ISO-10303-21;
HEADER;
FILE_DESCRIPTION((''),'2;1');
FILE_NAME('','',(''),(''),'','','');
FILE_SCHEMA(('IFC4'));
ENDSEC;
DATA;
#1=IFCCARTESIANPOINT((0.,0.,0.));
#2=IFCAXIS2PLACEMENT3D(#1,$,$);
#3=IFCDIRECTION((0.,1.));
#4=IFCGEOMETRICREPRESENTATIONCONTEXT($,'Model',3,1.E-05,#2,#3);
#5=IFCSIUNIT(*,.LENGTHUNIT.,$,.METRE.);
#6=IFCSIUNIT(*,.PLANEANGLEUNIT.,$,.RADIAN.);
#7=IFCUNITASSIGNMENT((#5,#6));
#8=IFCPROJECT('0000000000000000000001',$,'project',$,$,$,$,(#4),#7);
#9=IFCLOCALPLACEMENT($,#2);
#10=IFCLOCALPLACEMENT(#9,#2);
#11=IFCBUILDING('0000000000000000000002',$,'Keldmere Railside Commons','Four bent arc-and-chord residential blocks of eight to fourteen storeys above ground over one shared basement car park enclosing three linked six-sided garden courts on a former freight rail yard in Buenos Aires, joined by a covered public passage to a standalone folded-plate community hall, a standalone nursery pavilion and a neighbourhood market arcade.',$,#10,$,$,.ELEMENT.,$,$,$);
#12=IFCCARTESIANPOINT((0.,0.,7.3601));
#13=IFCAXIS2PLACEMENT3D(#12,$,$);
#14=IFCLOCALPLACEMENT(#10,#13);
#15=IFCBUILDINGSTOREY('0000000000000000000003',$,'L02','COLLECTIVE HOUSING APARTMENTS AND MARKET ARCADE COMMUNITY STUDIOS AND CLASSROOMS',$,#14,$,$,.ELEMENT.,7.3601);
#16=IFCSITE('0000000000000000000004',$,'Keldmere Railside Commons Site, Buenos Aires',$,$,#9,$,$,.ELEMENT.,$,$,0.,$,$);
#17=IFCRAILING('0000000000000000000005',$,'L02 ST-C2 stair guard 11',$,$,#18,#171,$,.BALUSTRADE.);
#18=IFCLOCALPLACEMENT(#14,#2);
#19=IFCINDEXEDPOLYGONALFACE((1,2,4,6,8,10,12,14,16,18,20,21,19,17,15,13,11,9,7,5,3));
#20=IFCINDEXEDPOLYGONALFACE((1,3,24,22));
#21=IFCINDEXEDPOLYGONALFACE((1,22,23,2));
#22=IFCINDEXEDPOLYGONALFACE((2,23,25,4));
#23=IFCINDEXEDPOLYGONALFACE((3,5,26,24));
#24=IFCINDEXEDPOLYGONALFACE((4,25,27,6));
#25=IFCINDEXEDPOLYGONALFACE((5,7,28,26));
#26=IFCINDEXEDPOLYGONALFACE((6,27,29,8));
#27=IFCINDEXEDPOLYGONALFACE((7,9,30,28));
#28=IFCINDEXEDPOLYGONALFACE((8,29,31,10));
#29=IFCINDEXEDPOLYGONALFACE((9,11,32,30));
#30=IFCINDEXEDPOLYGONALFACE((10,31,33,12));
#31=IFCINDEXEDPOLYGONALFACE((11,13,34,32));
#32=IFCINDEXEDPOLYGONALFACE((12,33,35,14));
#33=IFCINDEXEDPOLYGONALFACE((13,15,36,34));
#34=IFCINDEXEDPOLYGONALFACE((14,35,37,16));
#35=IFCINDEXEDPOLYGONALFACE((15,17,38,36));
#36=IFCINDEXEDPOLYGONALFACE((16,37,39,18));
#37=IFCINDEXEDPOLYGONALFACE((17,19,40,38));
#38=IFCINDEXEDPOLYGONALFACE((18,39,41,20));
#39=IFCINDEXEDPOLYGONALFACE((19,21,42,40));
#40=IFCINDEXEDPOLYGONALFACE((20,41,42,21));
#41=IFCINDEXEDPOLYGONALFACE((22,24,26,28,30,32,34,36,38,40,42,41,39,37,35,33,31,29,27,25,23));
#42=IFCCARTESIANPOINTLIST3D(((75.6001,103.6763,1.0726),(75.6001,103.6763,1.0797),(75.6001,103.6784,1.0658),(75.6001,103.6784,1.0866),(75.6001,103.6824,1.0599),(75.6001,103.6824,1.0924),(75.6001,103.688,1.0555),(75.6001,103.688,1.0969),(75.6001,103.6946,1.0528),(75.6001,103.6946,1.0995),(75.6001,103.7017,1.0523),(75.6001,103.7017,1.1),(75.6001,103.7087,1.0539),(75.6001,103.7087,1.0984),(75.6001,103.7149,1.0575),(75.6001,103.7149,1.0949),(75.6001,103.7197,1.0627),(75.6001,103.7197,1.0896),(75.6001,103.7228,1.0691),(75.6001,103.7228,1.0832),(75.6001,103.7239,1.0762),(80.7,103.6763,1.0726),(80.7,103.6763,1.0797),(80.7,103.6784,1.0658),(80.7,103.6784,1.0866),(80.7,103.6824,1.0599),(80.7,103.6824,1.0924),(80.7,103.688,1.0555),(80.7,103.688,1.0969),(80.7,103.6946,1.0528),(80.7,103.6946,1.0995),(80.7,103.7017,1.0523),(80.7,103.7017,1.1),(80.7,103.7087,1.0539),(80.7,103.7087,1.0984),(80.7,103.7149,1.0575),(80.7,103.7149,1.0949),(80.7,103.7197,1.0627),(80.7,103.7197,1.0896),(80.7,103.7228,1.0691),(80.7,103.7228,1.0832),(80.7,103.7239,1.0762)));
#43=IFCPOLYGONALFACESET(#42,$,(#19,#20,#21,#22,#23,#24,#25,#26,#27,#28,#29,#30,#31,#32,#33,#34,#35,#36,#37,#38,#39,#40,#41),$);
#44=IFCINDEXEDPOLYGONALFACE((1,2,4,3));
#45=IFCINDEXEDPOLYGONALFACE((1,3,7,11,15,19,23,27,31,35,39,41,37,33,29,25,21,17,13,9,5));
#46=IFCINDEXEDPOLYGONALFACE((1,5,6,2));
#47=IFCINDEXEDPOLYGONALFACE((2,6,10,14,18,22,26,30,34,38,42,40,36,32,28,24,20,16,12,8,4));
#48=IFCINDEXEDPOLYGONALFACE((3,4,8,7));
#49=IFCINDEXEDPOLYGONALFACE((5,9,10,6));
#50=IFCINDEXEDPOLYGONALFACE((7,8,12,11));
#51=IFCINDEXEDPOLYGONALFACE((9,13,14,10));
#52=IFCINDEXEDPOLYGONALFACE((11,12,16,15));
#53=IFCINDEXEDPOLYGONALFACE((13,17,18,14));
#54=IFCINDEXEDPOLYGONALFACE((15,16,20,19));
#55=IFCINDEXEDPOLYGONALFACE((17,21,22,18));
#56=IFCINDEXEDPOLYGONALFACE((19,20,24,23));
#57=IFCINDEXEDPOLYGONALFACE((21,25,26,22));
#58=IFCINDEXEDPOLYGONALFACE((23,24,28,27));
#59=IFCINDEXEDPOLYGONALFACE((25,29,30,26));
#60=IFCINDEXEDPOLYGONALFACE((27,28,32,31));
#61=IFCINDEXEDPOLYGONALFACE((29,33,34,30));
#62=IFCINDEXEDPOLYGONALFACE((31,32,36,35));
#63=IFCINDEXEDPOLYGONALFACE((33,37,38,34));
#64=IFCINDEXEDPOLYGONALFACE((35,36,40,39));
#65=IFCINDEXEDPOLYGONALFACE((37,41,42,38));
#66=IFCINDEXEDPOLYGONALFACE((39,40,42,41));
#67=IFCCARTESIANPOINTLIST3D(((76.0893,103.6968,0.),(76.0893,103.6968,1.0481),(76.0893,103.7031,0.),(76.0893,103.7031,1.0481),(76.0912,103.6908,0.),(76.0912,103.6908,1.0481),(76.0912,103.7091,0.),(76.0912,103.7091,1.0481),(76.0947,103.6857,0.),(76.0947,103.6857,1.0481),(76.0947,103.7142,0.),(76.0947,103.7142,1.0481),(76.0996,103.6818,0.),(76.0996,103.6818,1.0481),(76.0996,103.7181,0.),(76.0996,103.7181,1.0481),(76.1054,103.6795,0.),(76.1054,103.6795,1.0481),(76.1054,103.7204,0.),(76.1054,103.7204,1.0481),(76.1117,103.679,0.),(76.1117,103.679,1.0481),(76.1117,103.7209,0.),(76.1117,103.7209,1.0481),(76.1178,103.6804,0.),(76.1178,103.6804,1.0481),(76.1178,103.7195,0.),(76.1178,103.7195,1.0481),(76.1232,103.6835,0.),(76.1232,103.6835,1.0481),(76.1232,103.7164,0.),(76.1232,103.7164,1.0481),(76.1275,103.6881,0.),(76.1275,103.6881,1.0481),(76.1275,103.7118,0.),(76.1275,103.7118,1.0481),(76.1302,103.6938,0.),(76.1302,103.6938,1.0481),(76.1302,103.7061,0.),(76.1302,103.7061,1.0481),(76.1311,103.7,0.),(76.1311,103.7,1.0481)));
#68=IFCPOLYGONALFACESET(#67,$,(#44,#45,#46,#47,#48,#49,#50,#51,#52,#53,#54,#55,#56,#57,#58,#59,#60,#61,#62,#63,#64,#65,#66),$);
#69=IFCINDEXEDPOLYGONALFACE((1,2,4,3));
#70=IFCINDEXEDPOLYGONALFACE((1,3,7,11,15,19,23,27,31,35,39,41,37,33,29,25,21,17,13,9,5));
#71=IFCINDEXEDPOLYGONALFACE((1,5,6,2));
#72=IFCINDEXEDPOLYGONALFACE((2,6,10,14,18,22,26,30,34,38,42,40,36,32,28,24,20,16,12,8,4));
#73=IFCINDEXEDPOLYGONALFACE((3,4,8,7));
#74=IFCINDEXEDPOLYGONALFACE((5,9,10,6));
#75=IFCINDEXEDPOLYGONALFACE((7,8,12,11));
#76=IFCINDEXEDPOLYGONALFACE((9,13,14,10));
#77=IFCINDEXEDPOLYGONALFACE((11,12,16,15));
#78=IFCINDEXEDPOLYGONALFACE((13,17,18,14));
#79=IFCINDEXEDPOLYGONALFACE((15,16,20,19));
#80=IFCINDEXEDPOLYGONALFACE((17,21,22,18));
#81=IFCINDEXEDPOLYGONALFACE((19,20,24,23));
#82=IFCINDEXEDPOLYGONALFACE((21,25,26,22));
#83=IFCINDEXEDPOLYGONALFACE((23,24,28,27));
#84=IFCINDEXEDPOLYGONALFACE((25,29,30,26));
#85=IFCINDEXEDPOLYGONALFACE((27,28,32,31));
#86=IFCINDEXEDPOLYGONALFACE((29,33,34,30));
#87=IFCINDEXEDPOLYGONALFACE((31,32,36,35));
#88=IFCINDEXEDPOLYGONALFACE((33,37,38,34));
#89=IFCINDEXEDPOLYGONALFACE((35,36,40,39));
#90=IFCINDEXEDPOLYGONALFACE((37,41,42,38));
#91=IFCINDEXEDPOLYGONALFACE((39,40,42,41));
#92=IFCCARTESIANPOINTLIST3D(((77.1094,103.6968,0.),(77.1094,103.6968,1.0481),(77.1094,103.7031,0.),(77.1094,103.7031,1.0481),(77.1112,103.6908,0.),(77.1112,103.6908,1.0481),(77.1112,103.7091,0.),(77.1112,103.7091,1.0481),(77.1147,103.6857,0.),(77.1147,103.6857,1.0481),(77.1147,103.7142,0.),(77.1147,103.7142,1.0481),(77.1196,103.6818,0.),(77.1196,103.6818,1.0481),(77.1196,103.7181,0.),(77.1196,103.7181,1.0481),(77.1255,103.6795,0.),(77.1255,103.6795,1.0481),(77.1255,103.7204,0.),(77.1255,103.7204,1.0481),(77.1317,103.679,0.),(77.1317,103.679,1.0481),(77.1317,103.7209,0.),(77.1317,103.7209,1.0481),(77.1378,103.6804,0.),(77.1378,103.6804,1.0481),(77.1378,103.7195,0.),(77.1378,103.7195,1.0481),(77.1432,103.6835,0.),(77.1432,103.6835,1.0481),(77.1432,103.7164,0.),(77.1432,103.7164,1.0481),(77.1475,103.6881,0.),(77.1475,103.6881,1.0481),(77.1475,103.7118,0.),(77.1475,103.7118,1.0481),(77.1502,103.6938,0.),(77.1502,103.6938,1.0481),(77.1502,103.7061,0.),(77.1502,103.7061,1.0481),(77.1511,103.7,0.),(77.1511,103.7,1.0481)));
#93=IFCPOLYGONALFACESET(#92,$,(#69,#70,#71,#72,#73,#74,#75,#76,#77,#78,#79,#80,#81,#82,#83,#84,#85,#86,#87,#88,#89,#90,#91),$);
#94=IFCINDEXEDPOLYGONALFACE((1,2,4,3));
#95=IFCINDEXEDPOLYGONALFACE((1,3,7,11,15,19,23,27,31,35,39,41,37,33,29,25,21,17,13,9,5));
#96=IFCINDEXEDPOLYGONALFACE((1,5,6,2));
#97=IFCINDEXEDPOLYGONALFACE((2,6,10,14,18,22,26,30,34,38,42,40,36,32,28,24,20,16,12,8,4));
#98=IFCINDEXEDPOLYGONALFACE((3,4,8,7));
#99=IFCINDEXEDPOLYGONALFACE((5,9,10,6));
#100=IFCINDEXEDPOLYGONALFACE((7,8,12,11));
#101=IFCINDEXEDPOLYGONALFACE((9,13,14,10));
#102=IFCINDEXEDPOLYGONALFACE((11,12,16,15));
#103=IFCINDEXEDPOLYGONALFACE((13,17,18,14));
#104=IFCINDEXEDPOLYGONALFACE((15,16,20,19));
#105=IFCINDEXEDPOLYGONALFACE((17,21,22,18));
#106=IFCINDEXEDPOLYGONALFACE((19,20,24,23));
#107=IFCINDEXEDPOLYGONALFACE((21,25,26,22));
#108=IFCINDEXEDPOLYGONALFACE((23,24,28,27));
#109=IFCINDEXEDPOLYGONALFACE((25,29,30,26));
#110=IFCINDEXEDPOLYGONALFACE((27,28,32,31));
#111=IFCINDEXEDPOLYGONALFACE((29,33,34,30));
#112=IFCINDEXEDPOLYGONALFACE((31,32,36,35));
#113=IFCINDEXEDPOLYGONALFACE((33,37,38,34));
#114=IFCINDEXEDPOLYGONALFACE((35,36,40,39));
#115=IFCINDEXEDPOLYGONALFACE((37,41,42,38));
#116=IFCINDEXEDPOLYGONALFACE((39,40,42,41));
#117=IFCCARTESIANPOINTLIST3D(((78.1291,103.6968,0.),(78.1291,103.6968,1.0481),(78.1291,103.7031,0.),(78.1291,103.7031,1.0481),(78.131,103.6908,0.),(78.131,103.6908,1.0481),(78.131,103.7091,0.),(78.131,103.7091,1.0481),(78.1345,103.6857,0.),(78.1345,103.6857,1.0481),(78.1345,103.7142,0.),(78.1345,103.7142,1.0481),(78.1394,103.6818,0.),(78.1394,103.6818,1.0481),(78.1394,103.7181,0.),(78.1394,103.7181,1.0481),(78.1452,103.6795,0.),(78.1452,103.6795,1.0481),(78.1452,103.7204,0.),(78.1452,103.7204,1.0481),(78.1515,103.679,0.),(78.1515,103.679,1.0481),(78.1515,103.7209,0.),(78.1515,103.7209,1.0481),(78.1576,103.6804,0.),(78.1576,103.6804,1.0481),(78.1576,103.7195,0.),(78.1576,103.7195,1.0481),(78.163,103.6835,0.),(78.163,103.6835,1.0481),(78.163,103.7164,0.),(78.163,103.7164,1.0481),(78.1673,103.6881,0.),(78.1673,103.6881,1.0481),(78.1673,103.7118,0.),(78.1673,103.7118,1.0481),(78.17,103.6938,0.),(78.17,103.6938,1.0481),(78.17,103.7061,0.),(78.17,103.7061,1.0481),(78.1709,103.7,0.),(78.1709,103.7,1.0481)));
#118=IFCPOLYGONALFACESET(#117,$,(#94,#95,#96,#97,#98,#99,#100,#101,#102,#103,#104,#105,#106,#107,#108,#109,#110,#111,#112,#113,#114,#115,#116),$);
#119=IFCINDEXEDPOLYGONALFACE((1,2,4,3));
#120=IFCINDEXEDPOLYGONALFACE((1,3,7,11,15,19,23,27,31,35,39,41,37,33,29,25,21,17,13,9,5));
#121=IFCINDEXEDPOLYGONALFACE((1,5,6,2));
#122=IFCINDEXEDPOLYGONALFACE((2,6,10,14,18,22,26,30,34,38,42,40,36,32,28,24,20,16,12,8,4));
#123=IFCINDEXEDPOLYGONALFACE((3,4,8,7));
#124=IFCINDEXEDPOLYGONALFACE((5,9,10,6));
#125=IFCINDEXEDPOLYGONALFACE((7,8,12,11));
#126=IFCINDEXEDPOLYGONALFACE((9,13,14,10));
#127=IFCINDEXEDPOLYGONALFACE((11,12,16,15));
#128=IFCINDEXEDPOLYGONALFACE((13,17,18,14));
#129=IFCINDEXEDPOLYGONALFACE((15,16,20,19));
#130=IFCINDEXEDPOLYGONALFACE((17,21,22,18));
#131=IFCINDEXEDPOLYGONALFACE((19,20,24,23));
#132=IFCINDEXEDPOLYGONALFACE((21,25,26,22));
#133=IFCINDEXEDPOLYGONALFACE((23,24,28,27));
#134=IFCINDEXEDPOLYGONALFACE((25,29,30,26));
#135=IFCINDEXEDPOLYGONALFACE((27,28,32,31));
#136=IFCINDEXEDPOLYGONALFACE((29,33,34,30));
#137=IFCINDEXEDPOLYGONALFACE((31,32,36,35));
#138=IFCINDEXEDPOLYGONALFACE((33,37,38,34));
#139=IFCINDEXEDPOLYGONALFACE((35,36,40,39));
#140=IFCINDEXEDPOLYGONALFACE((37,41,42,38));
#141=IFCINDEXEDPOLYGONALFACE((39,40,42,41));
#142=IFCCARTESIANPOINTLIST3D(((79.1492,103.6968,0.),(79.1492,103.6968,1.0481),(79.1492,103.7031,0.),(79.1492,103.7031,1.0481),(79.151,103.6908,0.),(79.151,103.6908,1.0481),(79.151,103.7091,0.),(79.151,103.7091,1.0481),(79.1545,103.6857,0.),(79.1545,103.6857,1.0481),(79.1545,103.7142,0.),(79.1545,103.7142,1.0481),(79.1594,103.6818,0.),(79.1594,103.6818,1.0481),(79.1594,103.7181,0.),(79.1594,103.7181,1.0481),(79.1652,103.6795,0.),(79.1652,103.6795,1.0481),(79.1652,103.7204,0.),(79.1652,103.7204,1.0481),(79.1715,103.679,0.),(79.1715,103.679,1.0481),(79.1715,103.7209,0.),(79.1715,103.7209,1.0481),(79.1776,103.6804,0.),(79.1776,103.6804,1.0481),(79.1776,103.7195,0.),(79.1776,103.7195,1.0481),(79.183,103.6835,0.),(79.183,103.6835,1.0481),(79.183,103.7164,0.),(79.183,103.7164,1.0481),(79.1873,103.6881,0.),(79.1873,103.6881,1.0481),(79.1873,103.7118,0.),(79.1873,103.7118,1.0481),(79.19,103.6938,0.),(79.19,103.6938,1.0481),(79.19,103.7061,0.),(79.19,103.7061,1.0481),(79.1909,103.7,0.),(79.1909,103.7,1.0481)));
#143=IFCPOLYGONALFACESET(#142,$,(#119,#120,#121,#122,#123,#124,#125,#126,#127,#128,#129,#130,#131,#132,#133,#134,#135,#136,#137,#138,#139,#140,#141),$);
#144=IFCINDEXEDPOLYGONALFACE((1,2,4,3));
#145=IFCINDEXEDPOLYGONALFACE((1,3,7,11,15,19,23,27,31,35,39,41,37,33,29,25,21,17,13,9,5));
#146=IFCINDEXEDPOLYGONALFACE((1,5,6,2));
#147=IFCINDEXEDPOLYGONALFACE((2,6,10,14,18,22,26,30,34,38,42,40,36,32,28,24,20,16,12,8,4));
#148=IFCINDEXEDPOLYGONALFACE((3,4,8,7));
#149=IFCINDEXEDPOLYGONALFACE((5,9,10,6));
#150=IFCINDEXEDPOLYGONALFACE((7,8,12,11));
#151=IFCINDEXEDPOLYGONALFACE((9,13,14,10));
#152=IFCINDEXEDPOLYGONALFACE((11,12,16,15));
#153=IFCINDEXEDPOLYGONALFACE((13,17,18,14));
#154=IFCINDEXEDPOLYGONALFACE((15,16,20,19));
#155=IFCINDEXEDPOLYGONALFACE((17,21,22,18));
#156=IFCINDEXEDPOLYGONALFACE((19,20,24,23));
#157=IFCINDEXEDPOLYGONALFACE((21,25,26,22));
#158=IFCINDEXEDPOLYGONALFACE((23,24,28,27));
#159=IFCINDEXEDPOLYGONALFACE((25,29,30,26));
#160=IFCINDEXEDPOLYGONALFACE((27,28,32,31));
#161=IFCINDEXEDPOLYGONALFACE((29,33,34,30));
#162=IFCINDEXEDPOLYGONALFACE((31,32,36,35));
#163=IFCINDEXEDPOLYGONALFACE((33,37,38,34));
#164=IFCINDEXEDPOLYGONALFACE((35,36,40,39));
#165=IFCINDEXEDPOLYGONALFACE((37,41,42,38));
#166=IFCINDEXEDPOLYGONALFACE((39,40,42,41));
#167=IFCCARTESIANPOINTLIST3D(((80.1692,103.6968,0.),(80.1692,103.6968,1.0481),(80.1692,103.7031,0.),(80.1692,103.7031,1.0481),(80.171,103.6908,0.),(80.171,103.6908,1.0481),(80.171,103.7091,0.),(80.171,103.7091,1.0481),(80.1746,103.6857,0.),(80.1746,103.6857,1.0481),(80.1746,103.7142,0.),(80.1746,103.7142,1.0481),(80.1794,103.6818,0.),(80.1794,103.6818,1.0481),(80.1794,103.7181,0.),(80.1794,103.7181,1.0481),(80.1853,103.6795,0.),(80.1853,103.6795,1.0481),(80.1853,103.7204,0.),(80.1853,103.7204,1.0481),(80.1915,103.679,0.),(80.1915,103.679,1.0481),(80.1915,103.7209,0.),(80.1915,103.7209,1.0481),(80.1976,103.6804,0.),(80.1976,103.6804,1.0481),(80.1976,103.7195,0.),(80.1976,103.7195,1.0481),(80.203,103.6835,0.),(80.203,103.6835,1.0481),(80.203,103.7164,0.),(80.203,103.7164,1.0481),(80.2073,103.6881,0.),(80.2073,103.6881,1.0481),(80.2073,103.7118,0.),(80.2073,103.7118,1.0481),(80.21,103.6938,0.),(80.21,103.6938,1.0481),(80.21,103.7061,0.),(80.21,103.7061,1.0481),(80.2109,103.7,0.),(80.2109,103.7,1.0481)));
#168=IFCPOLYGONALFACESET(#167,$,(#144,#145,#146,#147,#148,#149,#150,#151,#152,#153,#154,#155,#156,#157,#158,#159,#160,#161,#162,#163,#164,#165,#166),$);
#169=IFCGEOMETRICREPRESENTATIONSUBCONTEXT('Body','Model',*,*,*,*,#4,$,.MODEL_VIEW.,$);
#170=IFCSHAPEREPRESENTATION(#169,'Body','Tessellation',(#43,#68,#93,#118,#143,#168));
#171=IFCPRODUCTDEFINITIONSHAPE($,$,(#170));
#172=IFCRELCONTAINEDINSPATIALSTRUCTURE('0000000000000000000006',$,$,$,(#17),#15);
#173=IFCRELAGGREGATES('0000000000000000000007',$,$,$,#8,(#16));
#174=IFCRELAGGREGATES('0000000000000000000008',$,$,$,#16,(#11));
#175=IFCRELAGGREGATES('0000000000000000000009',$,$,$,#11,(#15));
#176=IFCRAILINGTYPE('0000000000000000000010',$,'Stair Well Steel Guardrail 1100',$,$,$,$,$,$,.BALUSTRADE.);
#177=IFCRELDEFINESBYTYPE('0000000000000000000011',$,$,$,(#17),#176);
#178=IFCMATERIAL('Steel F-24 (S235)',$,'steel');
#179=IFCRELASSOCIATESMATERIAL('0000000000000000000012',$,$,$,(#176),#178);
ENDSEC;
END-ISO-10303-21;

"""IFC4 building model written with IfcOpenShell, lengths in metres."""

from ifc_helpers import new_model, si_unit, direction, frame, origin, origin_2d, place, context, subcontext, project, spatial, circle, extrude, material, type_object, element, save


model = new_model("IFC4")

# Units and contexts
model_context = context("Model", 3, precision=1e-05, world=origin(), true_north=direction((0.0, 1.0)))
body_context = subcontext(model_context, "Body", "Model", "MODEL_VIEW")
ifc_project = project(units=[si_unit("LENGTHUNIT", "METRE"), si_unit("PLANEANGLEUNIT", "RADIAN")], contexts=[model_context])

# Site, building, storey
site_placement = place(None, origin())
site = spatial("IfcSite", under=ifc_project, at=site_placement, Name="Keldmere Railside Commons Site, Buenos Aires", CompositionType="ELEMENT", RefElevation=0.0)
building_placement = place(site_placement, origin())
building = spatial("IfcBuilding", under=site, at=building_placement, Name="Keldmere Railside Commons", Description="Four bent arc-and-chord residential blocks of eight to fourteen storeys above ground over one shared basement car park enclosing three linked six-sided garden courts on a former freight rail yard in Buenos Aires, joined by a covered public passage to a standalone folded-plate community hall, a standalone nursery pavilion and a neighbourhood market arcade.", CompositionType="ELEMENT")
storey_placement = place(building_placement, frame((0.0, 0.0, 7.3601)))
storey = spatial("IfcBuildingStorey", under=building, at=storey_placement, Name="L02", Description="COLLECTIVE HOUSING APARTMENTS AND MARKET ARCADE COMMUNITY STUDIOS AND CLASSROOMS", CompositionType="ELEMENT", Elevation=7.3601)

# Shared definitions
ifc_material_1 = material(Name="Steel F-24 (S235)", Category="steel")

# Railing
railing_type_1 = type_object("IfcRailingType", Name="Stair Well Steel Guardrail 1100", PredefinedType="BALUSTRADE", material=ifc_material_1)
railing_1_placement = place(storey_placement, frame((75.6001, 103.7, 0.0)))
element("IfcRailing", 1, at=railing_1_placement, inside=storey, type_object=railing_type_1, Name="L02 ST-C2 stair guard 11", PredefinedType="BALUSTRADE", context=body_context, shape_type="SweptSolid", body=[
    extrude(circle(Radius=0.0239, at=origin_2d()), frame((0.0, 0.0, 1.0762), z_axis=(1.0, 0.0, 0.0), x_axis=(0.0, 1.0, 0.0)), (0.0, 0.0, 1.0), 5.0999),
    extrude(circle(Radius=0.021, at=origin_2d()), frame((0.51, 0.0, 0.0)), (0.0, 0.0, 1.0), 1.0481),
    extrude(circle(Radius=0.021, at=origin_2d()), frame((1.53, 0.0, 0.0)), (0.0, 0.0, 1.0), 1.0481),
    extrude(circle(Radius=0.021, at=origin_2d()), frame((2.5498, 0.0, 0.0)), (0.0, 0.0, 1.0), 1.0481),
    extrude(circle(Radius=0.021, at=origin_2d()), frame((3.5698, 0.0, 0.0)), (0.0, 0.0, 1.0), 1.0481),
    extrude(circle(Radius=0.021, at=origin_2d()), frame((4.5898, 0.0, 0.0)), (0.0, 0.0, 1.0), 1.0481),
])

save(model, "model.ifc")
